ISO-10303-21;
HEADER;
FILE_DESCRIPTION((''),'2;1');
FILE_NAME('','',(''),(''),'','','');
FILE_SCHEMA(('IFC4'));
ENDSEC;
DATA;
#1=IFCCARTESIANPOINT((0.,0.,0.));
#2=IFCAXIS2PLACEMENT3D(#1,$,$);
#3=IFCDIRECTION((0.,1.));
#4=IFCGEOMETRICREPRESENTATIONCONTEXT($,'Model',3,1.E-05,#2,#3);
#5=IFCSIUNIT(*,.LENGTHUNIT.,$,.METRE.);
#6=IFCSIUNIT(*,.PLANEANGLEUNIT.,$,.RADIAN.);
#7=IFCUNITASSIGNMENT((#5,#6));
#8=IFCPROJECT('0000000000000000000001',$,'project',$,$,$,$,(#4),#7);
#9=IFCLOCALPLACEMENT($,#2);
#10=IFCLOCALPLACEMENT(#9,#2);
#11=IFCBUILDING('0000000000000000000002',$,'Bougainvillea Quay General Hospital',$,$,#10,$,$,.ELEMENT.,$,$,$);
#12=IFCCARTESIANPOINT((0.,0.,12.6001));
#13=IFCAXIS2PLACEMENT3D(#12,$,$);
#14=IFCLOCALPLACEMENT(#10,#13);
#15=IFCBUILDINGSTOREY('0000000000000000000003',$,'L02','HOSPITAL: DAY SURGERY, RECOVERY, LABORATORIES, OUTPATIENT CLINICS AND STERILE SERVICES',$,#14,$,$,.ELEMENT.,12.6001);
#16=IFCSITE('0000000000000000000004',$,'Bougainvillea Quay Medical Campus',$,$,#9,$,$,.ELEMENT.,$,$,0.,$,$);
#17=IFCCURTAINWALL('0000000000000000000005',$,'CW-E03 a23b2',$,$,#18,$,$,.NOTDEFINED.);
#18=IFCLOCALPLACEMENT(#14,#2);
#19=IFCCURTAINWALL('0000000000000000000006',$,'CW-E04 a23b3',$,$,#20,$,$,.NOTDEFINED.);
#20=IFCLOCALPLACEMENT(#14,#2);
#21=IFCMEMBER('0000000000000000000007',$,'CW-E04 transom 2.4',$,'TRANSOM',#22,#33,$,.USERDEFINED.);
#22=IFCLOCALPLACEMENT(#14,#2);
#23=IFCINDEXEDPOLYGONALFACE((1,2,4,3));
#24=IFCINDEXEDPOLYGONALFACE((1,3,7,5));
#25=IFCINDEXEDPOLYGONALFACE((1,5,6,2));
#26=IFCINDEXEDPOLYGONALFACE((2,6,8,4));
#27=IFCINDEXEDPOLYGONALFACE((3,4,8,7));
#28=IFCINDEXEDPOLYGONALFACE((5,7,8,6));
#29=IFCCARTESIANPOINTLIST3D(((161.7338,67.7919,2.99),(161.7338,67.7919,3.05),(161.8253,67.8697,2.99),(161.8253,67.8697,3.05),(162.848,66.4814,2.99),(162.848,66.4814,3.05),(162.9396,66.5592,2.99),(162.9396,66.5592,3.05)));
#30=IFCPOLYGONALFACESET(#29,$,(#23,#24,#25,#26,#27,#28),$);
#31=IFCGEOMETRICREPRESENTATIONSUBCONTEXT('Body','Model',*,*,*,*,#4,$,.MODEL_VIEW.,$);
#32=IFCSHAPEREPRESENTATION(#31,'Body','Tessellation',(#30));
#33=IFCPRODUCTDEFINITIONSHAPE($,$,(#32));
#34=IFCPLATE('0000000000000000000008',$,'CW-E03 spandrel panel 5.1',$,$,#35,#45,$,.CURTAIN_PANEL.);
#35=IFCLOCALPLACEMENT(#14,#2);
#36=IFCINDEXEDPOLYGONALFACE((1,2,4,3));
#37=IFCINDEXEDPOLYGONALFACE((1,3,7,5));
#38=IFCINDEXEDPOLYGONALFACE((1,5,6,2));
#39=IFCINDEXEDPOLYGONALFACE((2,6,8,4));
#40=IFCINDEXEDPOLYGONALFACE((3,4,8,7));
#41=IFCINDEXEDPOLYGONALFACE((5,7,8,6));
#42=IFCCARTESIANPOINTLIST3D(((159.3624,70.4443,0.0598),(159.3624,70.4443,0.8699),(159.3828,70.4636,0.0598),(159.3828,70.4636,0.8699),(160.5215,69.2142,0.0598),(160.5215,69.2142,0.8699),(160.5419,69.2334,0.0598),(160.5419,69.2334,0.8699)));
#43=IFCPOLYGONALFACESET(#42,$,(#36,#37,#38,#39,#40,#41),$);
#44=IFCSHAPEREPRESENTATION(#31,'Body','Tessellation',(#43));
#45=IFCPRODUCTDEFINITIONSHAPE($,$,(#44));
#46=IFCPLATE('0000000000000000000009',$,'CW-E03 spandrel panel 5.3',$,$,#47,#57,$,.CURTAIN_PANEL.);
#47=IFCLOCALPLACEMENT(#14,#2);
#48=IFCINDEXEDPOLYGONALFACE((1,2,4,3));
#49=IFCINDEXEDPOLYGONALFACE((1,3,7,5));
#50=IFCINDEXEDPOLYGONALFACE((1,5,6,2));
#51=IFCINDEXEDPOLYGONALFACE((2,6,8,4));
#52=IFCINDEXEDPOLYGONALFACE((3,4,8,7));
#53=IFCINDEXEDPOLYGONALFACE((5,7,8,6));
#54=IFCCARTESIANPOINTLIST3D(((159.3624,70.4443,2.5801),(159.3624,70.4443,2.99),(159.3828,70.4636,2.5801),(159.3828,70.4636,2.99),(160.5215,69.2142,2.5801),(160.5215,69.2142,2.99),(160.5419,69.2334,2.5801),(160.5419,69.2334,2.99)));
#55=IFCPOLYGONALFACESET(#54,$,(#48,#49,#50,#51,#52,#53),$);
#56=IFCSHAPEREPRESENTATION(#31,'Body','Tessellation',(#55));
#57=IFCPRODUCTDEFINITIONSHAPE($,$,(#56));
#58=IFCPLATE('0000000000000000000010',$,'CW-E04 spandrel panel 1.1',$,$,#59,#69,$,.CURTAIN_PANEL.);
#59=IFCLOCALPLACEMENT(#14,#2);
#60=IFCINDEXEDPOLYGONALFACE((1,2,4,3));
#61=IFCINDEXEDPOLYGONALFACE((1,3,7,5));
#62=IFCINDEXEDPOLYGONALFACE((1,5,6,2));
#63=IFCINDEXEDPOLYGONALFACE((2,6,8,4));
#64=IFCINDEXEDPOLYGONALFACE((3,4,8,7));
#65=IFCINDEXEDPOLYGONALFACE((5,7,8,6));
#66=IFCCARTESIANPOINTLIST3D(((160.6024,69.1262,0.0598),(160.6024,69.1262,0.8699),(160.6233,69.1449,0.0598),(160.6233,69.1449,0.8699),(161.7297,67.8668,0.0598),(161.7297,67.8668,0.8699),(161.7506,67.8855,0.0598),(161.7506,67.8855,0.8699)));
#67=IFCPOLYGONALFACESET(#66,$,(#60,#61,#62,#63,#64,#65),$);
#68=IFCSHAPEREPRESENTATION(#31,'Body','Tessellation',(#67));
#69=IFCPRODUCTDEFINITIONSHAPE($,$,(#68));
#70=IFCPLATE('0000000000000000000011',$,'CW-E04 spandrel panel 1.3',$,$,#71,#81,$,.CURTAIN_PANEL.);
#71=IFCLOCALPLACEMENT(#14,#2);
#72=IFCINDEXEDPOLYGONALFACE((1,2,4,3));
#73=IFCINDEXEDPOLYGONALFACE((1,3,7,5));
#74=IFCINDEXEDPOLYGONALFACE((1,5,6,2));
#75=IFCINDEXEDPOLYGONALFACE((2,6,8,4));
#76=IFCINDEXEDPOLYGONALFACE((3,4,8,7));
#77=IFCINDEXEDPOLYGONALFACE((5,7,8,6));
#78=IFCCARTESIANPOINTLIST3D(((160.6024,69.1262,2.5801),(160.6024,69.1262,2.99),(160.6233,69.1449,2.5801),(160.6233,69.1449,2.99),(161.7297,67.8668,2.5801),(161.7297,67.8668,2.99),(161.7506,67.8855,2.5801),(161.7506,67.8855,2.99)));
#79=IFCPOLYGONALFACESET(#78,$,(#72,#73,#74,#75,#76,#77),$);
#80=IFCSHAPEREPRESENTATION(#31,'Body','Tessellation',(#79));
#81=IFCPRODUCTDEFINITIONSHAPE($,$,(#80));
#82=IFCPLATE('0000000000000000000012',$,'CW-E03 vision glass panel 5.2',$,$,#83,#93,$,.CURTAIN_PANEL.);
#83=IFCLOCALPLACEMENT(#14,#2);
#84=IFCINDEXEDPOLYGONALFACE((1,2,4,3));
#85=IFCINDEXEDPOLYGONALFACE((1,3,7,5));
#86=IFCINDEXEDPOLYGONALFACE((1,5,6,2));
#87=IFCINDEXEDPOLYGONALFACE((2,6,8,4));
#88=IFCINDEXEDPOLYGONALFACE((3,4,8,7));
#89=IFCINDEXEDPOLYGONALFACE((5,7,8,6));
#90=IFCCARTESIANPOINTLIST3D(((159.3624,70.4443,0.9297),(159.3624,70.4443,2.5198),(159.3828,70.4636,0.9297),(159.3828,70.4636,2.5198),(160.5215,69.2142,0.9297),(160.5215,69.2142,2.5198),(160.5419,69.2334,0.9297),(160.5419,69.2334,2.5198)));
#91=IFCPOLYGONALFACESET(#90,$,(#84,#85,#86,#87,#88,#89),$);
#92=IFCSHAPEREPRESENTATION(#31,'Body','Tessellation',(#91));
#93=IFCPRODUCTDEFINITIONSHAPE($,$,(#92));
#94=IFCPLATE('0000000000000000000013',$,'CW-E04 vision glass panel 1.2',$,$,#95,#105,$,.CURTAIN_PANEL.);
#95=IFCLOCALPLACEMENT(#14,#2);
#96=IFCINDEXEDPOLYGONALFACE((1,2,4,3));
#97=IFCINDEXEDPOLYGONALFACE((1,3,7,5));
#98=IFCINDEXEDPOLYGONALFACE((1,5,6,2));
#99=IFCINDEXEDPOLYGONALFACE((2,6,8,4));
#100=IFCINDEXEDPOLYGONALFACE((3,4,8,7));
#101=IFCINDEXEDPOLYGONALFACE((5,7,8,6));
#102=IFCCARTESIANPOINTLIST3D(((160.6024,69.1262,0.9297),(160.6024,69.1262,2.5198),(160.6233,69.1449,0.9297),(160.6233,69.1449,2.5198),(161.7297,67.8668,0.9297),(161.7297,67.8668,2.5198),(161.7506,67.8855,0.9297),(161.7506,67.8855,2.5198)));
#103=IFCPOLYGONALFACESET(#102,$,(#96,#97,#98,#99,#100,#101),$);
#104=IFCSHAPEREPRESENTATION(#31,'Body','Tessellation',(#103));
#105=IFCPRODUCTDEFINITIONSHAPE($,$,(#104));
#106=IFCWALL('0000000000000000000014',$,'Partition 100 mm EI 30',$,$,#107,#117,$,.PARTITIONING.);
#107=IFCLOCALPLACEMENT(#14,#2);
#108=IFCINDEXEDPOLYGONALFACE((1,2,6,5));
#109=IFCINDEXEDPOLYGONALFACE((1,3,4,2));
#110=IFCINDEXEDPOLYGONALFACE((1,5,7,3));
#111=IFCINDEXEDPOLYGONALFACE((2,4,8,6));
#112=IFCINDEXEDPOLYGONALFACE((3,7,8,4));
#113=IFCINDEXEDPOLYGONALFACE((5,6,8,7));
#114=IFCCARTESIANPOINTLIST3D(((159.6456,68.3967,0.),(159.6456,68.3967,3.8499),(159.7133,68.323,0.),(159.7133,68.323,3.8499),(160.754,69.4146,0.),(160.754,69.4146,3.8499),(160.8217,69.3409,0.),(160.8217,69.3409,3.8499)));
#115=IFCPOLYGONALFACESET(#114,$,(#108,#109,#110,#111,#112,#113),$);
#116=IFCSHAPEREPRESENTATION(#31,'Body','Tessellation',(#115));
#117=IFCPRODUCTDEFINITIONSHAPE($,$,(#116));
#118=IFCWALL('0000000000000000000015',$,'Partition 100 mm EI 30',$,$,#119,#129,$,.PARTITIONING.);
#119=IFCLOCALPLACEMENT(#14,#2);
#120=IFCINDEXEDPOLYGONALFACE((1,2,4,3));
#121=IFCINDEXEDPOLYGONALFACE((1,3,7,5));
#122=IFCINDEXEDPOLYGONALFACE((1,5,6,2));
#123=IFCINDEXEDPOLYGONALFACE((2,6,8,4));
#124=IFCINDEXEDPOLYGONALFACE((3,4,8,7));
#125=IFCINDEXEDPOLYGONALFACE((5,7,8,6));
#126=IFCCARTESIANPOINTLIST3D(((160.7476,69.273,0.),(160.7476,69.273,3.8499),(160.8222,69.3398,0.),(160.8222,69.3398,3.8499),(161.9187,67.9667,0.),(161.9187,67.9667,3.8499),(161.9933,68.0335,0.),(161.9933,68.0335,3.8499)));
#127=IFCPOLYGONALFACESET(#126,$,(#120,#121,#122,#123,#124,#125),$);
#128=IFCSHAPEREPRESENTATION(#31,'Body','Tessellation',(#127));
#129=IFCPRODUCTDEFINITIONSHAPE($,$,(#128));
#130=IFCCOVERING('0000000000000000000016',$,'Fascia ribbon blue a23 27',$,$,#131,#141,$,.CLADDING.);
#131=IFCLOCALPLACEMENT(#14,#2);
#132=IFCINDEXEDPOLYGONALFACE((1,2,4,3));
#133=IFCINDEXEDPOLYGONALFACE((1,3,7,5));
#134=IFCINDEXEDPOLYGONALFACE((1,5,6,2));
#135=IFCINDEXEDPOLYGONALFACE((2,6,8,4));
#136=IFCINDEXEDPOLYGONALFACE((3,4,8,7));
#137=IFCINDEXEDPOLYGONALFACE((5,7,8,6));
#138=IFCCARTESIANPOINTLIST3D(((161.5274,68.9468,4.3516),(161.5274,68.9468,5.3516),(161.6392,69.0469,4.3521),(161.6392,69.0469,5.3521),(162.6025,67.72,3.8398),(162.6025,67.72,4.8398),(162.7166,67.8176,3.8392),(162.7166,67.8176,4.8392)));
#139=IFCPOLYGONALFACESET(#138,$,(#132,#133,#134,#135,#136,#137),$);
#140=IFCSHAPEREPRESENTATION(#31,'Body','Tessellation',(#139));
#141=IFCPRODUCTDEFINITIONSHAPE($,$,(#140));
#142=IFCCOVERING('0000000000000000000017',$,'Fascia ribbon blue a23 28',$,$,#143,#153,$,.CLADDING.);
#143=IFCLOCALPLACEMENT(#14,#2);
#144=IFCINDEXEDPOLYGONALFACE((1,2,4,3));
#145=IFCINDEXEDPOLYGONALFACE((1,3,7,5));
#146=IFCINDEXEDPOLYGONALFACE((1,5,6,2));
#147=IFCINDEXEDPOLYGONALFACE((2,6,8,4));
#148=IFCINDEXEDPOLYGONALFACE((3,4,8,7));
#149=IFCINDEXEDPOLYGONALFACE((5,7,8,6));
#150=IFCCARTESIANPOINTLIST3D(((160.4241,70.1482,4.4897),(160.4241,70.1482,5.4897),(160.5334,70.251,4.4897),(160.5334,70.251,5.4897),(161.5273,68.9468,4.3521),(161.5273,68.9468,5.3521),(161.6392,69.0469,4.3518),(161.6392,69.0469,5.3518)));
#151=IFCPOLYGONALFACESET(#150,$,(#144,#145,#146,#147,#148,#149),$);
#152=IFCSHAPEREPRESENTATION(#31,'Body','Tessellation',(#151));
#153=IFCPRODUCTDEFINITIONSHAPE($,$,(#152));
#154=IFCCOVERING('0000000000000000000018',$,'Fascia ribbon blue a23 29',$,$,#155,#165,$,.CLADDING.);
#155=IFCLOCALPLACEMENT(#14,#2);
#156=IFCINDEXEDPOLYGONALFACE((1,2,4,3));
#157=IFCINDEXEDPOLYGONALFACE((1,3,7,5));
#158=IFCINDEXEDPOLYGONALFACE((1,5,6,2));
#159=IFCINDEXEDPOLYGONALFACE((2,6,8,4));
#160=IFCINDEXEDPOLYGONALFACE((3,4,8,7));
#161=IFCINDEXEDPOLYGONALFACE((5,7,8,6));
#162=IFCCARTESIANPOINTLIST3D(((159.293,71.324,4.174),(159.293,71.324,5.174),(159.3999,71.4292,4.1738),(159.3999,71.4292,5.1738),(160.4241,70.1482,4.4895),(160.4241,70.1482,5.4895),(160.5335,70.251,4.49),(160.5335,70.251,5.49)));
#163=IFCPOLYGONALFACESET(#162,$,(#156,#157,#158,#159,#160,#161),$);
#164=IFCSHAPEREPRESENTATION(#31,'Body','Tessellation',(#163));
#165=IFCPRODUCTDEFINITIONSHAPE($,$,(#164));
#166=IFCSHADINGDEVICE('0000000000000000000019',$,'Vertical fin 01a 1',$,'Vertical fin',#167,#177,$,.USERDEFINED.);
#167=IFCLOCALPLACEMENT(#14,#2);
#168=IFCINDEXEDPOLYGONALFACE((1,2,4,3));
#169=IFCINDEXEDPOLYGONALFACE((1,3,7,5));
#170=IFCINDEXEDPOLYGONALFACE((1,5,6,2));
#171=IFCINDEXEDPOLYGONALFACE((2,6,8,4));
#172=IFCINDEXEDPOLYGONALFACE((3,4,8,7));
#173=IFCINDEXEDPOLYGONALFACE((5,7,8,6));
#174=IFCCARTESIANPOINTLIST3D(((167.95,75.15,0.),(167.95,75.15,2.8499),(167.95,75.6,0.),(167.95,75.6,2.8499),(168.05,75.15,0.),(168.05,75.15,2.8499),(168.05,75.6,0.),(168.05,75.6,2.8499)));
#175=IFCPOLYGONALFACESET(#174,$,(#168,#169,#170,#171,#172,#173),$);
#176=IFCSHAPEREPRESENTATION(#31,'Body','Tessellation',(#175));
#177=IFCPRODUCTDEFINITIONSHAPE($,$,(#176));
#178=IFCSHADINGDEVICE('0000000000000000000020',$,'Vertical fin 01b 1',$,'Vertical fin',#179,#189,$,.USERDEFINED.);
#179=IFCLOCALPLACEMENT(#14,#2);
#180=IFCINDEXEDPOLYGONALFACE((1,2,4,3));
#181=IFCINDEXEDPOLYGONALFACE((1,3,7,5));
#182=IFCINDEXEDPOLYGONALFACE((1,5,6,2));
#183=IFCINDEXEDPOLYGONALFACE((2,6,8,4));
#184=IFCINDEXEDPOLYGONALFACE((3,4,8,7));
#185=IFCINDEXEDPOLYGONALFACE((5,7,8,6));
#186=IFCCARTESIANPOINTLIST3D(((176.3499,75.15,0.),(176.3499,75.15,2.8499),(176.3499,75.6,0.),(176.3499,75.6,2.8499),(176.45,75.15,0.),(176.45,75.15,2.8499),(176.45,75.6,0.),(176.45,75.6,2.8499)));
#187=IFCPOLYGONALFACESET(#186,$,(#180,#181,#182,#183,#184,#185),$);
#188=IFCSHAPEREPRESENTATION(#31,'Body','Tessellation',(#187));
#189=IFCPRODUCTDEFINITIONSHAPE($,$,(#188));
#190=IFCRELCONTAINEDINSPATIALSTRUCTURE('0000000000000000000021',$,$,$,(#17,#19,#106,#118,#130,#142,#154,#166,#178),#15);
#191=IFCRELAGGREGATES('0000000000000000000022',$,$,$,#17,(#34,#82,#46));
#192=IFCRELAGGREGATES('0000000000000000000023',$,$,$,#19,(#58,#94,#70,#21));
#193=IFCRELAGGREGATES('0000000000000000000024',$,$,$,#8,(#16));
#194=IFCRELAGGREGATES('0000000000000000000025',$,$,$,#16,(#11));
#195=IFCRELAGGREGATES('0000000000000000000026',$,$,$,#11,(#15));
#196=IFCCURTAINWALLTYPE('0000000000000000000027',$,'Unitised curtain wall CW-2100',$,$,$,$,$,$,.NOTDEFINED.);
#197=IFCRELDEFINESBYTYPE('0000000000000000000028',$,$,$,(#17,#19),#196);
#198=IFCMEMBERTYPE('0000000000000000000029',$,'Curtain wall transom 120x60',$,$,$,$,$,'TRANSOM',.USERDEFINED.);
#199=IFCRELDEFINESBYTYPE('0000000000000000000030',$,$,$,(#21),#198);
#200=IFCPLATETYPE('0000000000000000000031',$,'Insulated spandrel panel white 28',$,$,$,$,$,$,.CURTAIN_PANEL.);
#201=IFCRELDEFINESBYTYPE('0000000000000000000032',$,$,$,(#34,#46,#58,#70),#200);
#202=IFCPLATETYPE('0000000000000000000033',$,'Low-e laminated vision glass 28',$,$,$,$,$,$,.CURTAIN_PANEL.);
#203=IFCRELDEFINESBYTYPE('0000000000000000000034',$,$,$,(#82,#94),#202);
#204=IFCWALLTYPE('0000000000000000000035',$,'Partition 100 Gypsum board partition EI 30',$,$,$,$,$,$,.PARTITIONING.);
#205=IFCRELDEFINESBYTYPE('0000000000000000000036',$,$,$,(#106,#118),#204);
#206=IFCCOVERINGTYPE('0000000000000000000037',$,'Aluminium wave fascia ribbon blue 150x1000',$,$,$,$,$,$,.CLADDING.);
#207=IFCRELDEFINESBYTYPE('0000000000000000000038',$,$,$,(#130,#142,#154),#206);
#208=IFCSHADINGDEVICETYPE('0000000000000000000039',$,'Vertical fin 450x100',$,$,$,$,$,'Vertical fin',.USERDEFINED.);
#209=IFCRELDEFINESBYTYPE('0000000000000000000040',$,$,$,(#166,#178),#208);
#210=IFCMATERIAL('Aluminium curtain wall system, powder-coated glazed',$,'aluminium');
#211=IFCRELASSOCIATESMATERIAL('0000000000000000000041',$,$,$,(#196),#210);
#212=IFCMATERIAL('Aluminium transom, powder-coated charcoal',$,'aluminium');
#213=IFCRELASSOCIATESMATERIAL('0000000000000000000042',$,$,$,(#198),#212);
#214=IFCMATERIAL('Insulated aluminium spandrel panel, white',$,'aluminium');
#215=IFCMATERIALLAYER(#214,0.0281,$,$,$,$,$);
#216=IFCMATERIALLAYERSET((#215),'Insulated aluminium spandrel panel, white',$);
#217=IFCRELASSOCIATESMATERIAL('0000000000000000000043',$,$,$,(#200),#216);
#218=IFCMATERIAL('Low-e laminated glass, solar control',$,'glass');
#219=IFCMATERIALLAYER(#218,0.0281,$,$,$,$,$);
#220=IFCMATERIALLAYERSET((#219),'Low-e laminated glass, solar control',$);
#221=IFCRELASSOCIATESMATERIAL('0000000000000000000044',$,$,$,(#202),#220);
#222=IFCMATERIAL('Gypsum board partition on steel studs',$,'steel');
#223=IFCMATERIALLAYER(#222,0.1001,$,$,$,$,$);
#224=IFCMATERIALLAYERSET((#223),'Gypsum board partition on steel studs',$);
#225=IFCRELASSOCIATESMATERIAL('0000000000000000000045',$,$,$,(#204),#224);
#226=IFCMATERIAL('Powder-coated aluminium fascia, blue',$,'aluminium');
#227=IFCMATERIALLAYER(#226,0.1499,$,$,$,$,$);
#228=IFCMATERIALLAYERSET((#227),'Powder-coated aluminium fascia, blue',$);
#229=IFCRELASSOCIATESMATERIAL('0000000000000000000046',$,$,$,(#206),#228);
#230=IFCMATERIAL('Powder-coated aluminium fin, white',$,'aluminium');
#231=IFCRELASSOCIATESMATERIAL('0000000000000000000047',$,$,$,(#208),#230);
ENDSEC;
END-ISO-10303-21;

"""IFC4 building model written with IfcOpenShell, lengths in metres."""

from ifc_helpers import new_model, si_unit, direction, frame, frame_2d, origin, origin_2d, place, context, subcontext, project, spatial, polyline, rectangle, outline, extrude, material, layer, layer_set, material_profile, profile_set, type_object, element, aggregate, save


model = new_model("IFC4")

# Units and contexts
model_context = context("Model", 3, precision=1e-05, world=origin(), true_north=direction((0.0, 1.0)))
body_context = subcontext(model_context, "Body", "Model", "MODEL_VIEW")
ifc_project = project(units=[si_unit("LENGTHUNIT", "METRE"), si_unit("PLANEANGLEUNIT", "RADIAN")], contexts=[model_context])

# Site, building, storey
site_placement = place(None, origin())
site = spatial("IfcSite", under=ifc_project, at=site_placement, Name="Bougainvillea Quay Medical Campus", CompositionType="ELEMENT", RefElevation=0.0)
building_placement = place(site_placement, origin())
building = spatial("IfcBuilding", under=site, at=building_placement, Name="Bougainvillea Quay General Hospital", CompositionType="ELEMENT")
storey_placement = place(building_placement, frame((0.0, 0.0, 12.6001)))
storey = spatial("IfcBuildingStorey", under=building, at=storey_placement, Name="L02", Description="HOSPITAL: DAY SURGERY, RECOVERY, LABORATORIES, OUTPATIENT CLINICS AND STERILE SERVICES", CompositionType="ELEMENT", Elevation=12.6001)

# Curtain wall
ifc_material_1 = material(Name="Aluminium curtain wall system, powder-coated glazed", Category="aluminium")
curtain_wall_type = type_object("IfcCurtainWallType", Name="Unitised curtain wall CW-2100", PredefinedType="NOTDEFINED", material=ifc_material_1)
curtain_wall_1_placement = place(storey_placement, origin())
curtain_wall_1 = element("IfcCurtainWall", 1, at=curtain_wall_1_placement, inside=storey, type_object=curtain_wall_type, Name="CW-E03 a23b2", PredefinedType="NOTDEFINED")

# Curtain wall
curtain_wall_2_placement = place(storey_placement, origin())
curtain_wall_2 = element("IfcCurtainWall", 2, at=curtain_wall_2_placement, inside=storey, type_object=curtain_wall_type, Name="CW-E04 a23b3", PredefinedType="NOTDEFINED")

# Member
ifc_material_2 = material(Name="Aluminium transom, powder-coated charcoal", Category="aluminium")
ifc_material_profile_1 = material_profile(ifc_material_2, rectangle(XDim=0.1201, YDim=0.0601, at=origin_2d()))
ifc_profile_set_1 = profile_set([ifc_material_profile_1], Name="Aluminium transom, powder-coated charcoal")
member_type_1 = type_object("IfcMemberType", Name="Curtain wall transom 120x60", ElementType="TRANSOM", PredefinedType="USERDEFINED", material=ifc_profile_set_1)
member_1_placement = place(storey_placement, frame((161.7795, 67.8308, 3.02), z_axis=(0.647747, -0.761855, 0.0), x_axis=(0.761855, 0.647747, 0.0)))
member_1 = element("IfcMember", 3, at=member_1_placement, type_object=member_type_1, Name="CW-E04 transom 2.4", ObjectType="TRANSOM", PredefinedType="USERDEFINED", context=body_context, shape_type="SweptSolid", body=[
    extrude(rectangle(XDim=0.1201, YDim=0.0601, at=origin_2d()), origin(), (0.0, 0.0, 1.0), 1.7202),
])

# Plates
ifc_material_3 = material(Name="Insulated aluminium spandrel panel, white", Category="aluminium")
ifc_layer_1 = layer(ifc_material_3, 0.0281)
ifc_layer_set_1 = layer_set([ifc_layer_1], Name="Insulated aluminium spandrel panel, white")
plate_type_1 = type_object("IfcPlateType", Name="Insulated spandrel panel white 28", PredefinedType="CURTAIN_PANEL", material=ifc_layer_set_1)
plate_1_placement = place(storey_placement, frame((159.9521, 69.8389, 0.0598), z_axis=(0.0, 0.0, 1.0), x_axis=(0.685757, -0.72783, 0.0)))
plate_1 = element("IfcPlate", 4, at=plate_1_placement, type_object=plate_type_1, Name="CW-E03 spandrel panel 5.1", PredefinedType="CURTAIN_PANEL", context=body_context, shape_type="SweptSolid", body=[
    extrude(rectangle(XDim=1.6902, YDim=0.0281, at=origin_2d()), origin(), (0.0, 0.0, 1.0), 0.8101),
])
plate_2_placement = place(storey_placement, frame((159.9521, 69.8389, 2.5801), z_axis=(0.0, 0.0, 1.0), x_axis=(0.685757, -0.72783, 0.0)))
plate_2 = element("IfcPlate", 5, at=plate_2_placement, type_object=plate_type_1, Name="CW-E03 spandrel panel 5.3", PredefinedType="CURTAIN_PANEL", context=body_context, shape_type="SweptSolid", body=[
    extrude(rectangle(XDim=1.6902, YDim=0.0281, at=origin_2d()), origin(), (0.0, 0.0, 1.0), 0.4099),
])
plate_3_placement = place(storey_placement, frame((161.1765, 68.5059, 0.0598), z_axis=(0.0, 0.0, 1.0), x_axis=(0.666959, -0.745094, 0.0)))
plate_3 = element("IfcPlate", 6, at=plate_3_placement, type_object=plate_type_1, Name="CW-E04 spandrel panel 1.1", PredefinedType="CURTAIN_PANEL", context=body_context, shape_type="SweptSolid", body=[
    extrude(rectangle(XDim=1.6902, YDim=0.0281, at=origin_2d()), origin(), (0.0, 0.0, 1.0), 0.8101),
])
plate_4_placement = place(storey_placement, frame((161.1765, 68.5059, 2.5801), z_axis=(0.0, 0.0, 1.0), x_axis=(0.666959, -0.745094, 0.0)))
plate_4 = element("IfcPlate", 7, at=plate_4_placement, type_object=plate_type_1, Name="CW-E04 spandrel panel 1.3", PredefinedType="CURTAIN_PANEL", context=body_context, shape_type="SweptSolid", body=[
    extrude(rectangle(XDim=1.6902, YDim=0.0281, at=origin_2d()), origin(), (0.0, 0.0, 1.0), 0.4099),
])
ifc_material_4 = material(Name="Low-e laminated glass, solar control", Category="glass")
ifc_layer_2 = layer(ifc_material_4, 0.0281)
ifc_layer_set_2 = layer_set([ifc_layer_2], Name="Low-e laminated glass, solar control")
plate_type_2 = type_object("IfcPlateType", Name="Low-e laminated vision glass 28", PredefinedType="CURTAIN_PANEL", material=ifc_layer_set_2)
plate_5_placement = place(storey_placement, frame((159.9521, 69.8389, 0.9297), z_axis=(0.0, 0.0, 1.0), x_axis=(0.685757, -0.72783, 0.0)))
plate_5 = element("IfcPlate", 8, at=plate_5_placement, type_object=plate_type_2, Name="CW-E03 vision glass panel 5.2", PredefinedType="CURTAIN_PANEL", context=body_context, shape_type="SweptSolid", body=[
    extrude(rectangle(XDim=1.6902, YDim=0.0281, at=origin_2d()), origin(), (0.0, 0.0, 1.0), 1.5901),
])
aggregate(curtain_wall_1, [plate_1, plate_5, plate_2])
plate_6_placement = place(storey_placement, frame((161.1765, 68.5059, 0.9297), z_axis=(0.0, 0.0, 1.0), x_axis=(0.666959, -0.745094, 0.0)))
plate_6 = element("IfcPlate", 9, at=plate_6_placement, type_object=plate_type_2, Name="CW-E04 vision glass panel 1.2", PredefinedType="CURTAIN_PANEL", context=body_context, shape_type="SweptSolid", body=[
    extrude(rectangle(XDim=1.6902, YDim=0.0281, at=origin_2d()), origin(), (0.0, 0.0, 1.0), 1.5901),
])
aggregate(curtain_wall_2, [plate_3, plate_6, plate_4, member_1])

# Walls
ifc_material_5 = material(Name="Gypsum board partition on steel studs", Category="steel")
ifc_layer_3 = layer(ifc_material_5, 0.1001)
ifc_layer_set_3 = layer_set([ifc_layer_3], Name="Gypsum board partition on steel studs")
wall_type = type_object("IfcWallType", Name="Partition 100 Gypsum board partition EI 30", PredefinedType="PARTITIONING", material=ifc_layer_set_3)
wall_1_placement = place(storey_placement, frame((159.6794, 68.3599, 0.0), z_axis=(0.0, 0.0, 1.0), x_axis=(0.736561, 0.676371, 0.0)))
element("IfcWall", 10, at=wall_1_placement, inside=storey, type_object=wall_type, Name="Partition 100 mm EI 30", PredefinedType="PARTITIONING", context=body_context, shape_type="SweptSolid", body=[
    extrude(rectangle(XDim=1.5049, YDim=0.1001, at=frame_2d((0.7524, 0.0))), origin(), (0.0, 0.0, 1.0), 3.8499),
])
wall_2_placement = place(storey_placement, frame((160.7849, 69.3064, 0.0), z_axis=(0.0, 0.0, 1.0), x_axis=(0.66751, -0.7446, 0.0)))
element("IfcWall", 11, at=wall_2_placement, inside=storey, type_object=wall_type, Name="Partition 100 mm EI 30", PredefinedType="PARTITIONING", context=body_context, shape_type="SweptSolid", body=[
    extrude(rectangle(XDim=1.7544, YDim=0.1001, at=frame_2d((0.8772, 0.0))), origin(), (0.0, 0.0, 1.0), 3.8499),
])

# Coverings
ifc_material_6 = material(Name="Powder-coated aluminium fascia, blue", Category="aluminium")
ifc_layer_4 = layer(ifc_material_6, 0.1499)
ifc_layer_set_4 = layer_set([ifc_layer_4], Name="Powder-coated aluminium fascia, blue")
covering_type = type_object("IfcCoveringType", Name="Aluminium wave fascia ribbon blue 150x1000", PredefinedType="CLADDING", material=ifc_layer_set_4)
covering_1_placement = place(storey_placement, frame((162.6025, 67.72, 3.8398), z_axis=(0.1978, -0.224704, 0.95414), x_axis=(-0.628882, 0.717559, 0.29936)))
element("IfcCovering", 12, at=covering_1_placement, inside=storey, type_object=covering_type, Name="Fascia ribbon blue a23 27", PredefinedType="CLADDING", context=body_context, shape_type="SweptSolid", body=[
    extrude(outline(polyline([(0.0, 0.0), (1.7097, 0.0), (1.7113, -0.1501), (-0.0018, -0.1501), (0.0, 0.0)])), origin(), (0.29936, 0.00062, 0.95414), 1.0),
])
covering_2_placement = place(storey_placement, frame((161.5273, 68.9468, 4.3521), z_axis=(0.057443, -0.061428, 0.996457), x_axis=(-0.673986, 0.733942, 0.084099)))
element("IfcCovering", 13, at=covering_2_placement, inside=storey, type_object=covering_type, Name="Fascia ribbon blue a23 28", PredefinedType="CLADDING", context=body_context, shape_type="SweptSolid", body=[
    extrude(outline(polyline([(0.0, 0.0), (1.6369, 0.0), (1.6387, -0.1501), (-0.0019, -0.1501), (0.0, 0.0)])), origin(), (0.084099, 0.000758, 0.996457), 1.0),
])
covering_3_placement = place(storey_placement, frame((160.4241, 70.1482, 4.4895), z_axis=(-0.132161, 0.136282, 0.981815), x_axis=(-0.680675, 0.707561, -0.189839)))
element("IfcCovering", 14, at=covering_3_placement, inside=storey, type_object=covering_type, Name="Fascia ribbon blue a23 29", PredefinedType="CLADDING", context=body_context, shape_type="SweptSolid", body=[
    extrude(outline(polyline([(0.0, 0.0), (1.6617, 0.0), (1.6634, -0.15), (-0.0018, -0.1501), (0.0, 0.0)])), origin(), (-0.189839, -0.000748, 0.981815), 1.0),
])

# Shading devices
ifc_material_7 = material(Name="Powder-coated aluminium fin, white", Category="aluminium")
ifc_material_profile_2 = material_profile(ifc_material_7, rectangle(XDim=0.45, YDim=0.1001, at=origin_2d()))
ifc_profile_set_2 = profile_set([ifc_material_profile_2], Name="Powder-coated aluminium fin, white")
shading_device_type = type_object("IfcShadingDeviceType", Name="Vertical fin 450x100", ElementType="Vertical fin", PredefinedType="USERDEFINED", material=ifc_profile_set_2)
for number, where, z_axis, x_axis, name in (
    (15, (168.0, 75.375, 0.0), (0.0, 0.0, 1.0), (0.0, -1.0, 0.0), "Vertical fin 01a 1"),
    (16, (176.3999, 75.375, 0.0), (0.0, 0.0, 1.0), (0.0, -1.0, 0.0), "Vertical fin 01b 1"),
):
    element("IfcShadingDevice", number, at=place(storey_placement, frame(where, z_axis=z_axis, x_axis=x_axis)), inside=storey, type_object=shading_device_type, Name=name, ObjectType="Vertical fin", PredefinedType="USERDEFINED", context=body_context, shape_type="SweptSolid", body=[
        extrude(rectangle(XDim=0.45, YDim=0.1001, at=origin_2d()), origin(), (0.0, 0.0, 1.0), 2.8499),
    ])

save(model, "model.ifc")
